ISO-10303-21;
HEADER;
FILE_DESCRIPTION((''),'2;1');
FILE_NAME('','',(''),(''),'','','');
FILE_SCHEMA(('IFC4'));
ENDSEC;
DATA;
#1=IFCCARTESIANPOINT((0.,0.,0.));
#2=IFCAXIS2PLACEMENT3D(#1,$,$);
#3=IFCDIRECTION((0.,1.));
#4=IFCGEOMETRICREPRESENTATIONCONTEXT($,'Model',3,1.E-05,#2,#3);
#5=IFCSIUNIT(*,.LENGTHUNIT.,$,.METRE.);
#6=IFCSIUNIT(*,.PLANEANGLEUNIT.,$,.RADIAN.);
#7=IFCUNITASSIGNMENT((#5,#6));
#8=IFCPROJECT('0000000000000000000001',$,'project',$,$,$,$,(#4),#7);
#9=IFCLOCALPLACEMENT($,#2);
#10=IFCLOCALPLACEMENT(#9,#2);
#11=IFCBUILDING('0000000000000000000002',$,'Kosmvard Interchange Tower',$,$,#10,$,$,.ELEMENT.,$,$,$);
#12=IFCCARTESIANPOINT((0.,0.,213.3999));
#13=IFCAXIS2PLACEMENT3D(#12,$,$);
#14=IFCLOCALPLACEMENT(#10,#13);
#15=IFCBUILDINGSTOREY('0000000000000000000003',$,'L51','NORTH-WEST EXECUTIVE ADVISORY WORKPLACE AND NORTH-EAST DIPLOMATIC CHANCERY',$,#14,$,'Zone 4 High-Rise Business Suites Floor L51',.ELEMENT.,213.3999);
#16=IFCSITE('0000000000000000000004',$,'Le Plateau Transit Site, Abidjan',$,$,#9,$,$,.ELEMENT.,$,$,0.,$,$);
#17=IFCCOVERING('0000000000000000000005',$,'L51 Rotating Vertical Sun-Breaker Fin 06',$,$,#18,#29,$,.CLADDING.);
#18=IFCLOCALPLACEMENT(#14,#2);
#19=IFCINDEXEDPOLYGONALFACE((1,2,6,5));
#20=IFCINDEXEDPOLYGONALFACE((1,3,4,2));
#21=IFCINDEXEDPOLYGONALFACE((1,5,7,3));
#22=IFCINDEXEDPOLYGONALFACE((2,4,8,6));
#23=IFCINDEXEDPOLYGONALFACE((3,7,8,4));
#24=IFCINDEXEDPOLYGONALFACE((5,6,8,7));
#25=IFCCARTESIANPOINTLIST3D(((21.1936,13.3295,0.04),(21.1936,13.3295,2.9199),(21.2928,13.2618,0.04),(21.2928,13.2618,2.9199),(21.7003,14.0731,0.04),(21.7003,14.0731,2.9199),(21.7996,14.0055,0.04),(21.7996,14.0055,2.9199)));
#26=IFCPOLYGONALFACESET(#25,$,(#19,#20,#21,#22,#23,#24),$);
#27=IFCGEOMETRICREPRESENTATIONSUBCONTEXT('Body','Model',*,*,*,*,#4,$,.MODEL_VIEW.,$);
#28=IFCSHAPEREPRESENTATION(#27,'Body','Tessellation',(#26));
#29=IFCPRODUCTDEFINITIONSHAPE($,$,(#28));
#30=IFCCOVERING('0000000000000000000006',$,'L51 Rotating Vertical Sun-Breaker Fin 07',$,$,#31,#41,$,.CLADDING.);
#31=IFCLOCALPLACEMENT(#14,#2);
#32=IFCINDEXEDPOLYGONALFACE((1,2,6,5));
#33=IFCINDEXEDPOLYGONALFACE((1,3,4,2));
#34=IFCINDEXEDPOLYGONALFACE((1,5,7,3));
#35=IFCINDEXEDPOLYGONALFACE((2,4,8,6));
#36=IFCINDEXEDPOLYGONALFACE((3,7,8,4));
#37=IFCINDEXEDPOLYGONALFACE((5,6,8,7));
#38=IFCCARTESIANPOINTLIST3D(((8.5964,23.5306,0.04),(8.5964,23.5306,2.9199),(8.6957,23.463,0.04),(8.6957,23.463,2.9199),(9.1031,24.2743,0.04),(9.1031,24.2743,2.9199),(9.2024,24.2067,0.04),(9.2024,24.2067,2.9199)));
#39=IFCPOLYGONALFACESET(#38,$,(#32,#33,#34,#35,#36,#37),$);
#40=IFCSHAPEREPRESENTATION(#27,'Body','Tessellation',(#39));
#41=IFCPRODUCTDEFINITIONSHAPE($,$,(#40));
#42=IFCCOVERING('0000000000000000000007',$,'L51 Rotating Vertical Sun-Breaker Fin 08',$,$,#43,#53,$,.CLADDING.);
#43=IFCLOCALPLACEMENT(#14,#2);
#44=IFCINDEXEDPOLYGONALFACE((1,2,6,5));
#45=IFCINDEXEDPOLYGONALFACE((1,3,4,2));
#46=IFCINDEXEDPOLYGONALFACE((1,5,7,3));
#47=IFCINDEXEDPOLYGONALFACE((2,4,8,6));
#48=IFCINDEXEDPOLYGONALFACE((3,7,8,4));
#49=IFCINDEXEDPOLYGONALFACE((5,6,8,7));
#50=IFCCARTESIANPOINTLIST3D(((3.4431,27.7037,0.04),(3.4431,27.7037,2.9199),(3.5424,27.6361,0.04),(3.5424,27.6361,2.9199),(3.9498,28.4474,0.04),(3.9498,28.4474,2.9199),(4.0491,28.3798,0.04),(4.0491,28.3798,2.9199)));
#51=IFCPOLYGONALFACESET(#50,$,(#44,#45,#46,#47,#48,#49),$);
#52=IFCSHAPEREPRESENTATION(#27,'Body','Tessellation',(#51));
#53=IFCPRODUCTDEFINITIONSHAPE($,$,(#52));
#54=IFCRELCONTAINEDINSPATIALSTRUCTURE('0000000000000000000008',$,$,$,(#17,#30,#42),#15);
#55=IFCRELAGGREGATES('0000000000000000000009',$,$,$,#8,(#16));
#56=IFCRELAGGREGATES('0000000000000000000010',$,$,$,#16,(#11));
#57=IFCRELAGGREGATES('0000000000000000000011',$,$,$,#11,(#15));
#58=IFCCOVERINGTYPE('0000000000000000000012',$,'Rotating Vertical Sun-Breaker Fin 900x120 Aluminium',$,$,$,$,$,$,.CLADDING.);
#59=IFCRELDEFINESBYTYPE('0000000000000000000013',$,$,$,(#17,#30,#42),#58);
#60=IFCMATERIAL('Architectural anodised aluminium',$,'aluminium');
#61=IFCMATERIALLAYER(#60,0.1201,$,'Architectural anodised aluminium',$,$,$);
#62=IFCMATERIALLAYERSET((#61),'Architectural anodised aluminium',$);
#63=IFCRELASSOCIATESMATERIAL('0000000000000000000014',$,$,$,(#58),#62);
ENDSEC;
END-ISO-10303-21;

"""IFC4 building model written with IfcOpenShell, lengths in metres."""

from ifc_helpers import new_model, si_unit, direction, frame, origin, origin_2d, place, context, subcontext, project, spatial, rectangle, extrude, source, transform, mapped, material, layer, layer_set, type_object, element, save


model = new_model("IFC4")

# Units and contexts
model_context = context("Model", 3, precision=1e-05, world=origin(), true_north=direction((0.0, 1.0)))
body_context = subcontext(model_context, "Body", "Model", "MODEL_VIEW")
ifc_project = project(units=[si_unit("LENGTHUNIT", "METRE"), si_unit("PLANEANGLEUNIT", "RADIAN")], contexts=[model_context])

# Site, building, storey
site_placement = place(None, origin())
site = spatial("IfcSite", under=ifc_project, at=site_placement, Name="Le Plateau Transit Site, Abidjan", CompositionType="ELEMENT", RefElevation=0.0)
building_placement = place(site_placement, origin())
building = spatial("IfcBuilding", under=site, at=building_placement, Name="Kosmvard Interchange Tower", CompositionType="ELEMENT")
storey_placement = place(building_placement, frame((0.0, 0.0, 213.3999)))
storey = spatial("IfcBuildingStorey", under=building, at=storey_placement, Name="L51", Description="NORTH-WEST EXECUTIVE ADVISORY WORKPLACE AND NORTH-EAST DIPLOMATIC CHANCERY", LongName="Zone 4 High-Rise Business Suites Floor L51", CompositionType="ELEMENT", Elevation=213.3999)

# Coverings
ifc_material_1 = material(Name="Architectural anodised aluminium", Category="aluminium")
ifc_layer_1 = layer(ifc_material_1, 0.1201, Name="Architectural anodised aluminium")
ifc_layer_set_1 = layer_set([ifc_layer_1], Name="Architectural anodised aluminium")
covering_type = type_object("IfcCoveringType", Name="Rotating Vertical Sun-Breaker Fin 900x120 Aluminium", PredefinedType="CLADDING", material=ifc_layer_set_1)
shared_shape_1 = source(origin(), body_context, "Body", "SweptSolid", [
    extrude(rectangle(XDim=0.8999, YDim=0.1201, at=origin_2d()), origin(), (0.0, 0.0, 1.0), 2.8799),
])
for number, where, z_axis, x_axis, name in (
    (1, (21.4966, 13.6675, 0.04), (0.0, 0.0, 1.0), (0.563093, 0.826393, 0.0), "L51 Rotating Vertical Sun-Breaker Fin 06"),
    (2, (8.8994, 23.8687, 0.04), (0.0, 0.0, 1.0), (0.563093, 0.826393, 0.0), "L51 Rotating Vertical Sun-Breaker Fin 07"),
    (3, (3.7461, 28.0417, 0.04), (0.0, 0.0, 1.0), (0.563093, 0.826393, 0.0), "L51 Rotating Vertical Sun-Breaker Fin 08"),
):
    element("IfcCovering", number, at=place(storey_placement, frame(where, z_axis=z_axis, x_axis=x_axis)), inside=storey, type_object=covering_type, Name=name, PredefinedType="CLADDING", context=body_context, shape_type="MappedRepresentation", body=[
        mapped(shared_shape_1, transform((0.0, 0.0, 0.0), scale=1.0)),
    ])

save(model, "model.ifc")
